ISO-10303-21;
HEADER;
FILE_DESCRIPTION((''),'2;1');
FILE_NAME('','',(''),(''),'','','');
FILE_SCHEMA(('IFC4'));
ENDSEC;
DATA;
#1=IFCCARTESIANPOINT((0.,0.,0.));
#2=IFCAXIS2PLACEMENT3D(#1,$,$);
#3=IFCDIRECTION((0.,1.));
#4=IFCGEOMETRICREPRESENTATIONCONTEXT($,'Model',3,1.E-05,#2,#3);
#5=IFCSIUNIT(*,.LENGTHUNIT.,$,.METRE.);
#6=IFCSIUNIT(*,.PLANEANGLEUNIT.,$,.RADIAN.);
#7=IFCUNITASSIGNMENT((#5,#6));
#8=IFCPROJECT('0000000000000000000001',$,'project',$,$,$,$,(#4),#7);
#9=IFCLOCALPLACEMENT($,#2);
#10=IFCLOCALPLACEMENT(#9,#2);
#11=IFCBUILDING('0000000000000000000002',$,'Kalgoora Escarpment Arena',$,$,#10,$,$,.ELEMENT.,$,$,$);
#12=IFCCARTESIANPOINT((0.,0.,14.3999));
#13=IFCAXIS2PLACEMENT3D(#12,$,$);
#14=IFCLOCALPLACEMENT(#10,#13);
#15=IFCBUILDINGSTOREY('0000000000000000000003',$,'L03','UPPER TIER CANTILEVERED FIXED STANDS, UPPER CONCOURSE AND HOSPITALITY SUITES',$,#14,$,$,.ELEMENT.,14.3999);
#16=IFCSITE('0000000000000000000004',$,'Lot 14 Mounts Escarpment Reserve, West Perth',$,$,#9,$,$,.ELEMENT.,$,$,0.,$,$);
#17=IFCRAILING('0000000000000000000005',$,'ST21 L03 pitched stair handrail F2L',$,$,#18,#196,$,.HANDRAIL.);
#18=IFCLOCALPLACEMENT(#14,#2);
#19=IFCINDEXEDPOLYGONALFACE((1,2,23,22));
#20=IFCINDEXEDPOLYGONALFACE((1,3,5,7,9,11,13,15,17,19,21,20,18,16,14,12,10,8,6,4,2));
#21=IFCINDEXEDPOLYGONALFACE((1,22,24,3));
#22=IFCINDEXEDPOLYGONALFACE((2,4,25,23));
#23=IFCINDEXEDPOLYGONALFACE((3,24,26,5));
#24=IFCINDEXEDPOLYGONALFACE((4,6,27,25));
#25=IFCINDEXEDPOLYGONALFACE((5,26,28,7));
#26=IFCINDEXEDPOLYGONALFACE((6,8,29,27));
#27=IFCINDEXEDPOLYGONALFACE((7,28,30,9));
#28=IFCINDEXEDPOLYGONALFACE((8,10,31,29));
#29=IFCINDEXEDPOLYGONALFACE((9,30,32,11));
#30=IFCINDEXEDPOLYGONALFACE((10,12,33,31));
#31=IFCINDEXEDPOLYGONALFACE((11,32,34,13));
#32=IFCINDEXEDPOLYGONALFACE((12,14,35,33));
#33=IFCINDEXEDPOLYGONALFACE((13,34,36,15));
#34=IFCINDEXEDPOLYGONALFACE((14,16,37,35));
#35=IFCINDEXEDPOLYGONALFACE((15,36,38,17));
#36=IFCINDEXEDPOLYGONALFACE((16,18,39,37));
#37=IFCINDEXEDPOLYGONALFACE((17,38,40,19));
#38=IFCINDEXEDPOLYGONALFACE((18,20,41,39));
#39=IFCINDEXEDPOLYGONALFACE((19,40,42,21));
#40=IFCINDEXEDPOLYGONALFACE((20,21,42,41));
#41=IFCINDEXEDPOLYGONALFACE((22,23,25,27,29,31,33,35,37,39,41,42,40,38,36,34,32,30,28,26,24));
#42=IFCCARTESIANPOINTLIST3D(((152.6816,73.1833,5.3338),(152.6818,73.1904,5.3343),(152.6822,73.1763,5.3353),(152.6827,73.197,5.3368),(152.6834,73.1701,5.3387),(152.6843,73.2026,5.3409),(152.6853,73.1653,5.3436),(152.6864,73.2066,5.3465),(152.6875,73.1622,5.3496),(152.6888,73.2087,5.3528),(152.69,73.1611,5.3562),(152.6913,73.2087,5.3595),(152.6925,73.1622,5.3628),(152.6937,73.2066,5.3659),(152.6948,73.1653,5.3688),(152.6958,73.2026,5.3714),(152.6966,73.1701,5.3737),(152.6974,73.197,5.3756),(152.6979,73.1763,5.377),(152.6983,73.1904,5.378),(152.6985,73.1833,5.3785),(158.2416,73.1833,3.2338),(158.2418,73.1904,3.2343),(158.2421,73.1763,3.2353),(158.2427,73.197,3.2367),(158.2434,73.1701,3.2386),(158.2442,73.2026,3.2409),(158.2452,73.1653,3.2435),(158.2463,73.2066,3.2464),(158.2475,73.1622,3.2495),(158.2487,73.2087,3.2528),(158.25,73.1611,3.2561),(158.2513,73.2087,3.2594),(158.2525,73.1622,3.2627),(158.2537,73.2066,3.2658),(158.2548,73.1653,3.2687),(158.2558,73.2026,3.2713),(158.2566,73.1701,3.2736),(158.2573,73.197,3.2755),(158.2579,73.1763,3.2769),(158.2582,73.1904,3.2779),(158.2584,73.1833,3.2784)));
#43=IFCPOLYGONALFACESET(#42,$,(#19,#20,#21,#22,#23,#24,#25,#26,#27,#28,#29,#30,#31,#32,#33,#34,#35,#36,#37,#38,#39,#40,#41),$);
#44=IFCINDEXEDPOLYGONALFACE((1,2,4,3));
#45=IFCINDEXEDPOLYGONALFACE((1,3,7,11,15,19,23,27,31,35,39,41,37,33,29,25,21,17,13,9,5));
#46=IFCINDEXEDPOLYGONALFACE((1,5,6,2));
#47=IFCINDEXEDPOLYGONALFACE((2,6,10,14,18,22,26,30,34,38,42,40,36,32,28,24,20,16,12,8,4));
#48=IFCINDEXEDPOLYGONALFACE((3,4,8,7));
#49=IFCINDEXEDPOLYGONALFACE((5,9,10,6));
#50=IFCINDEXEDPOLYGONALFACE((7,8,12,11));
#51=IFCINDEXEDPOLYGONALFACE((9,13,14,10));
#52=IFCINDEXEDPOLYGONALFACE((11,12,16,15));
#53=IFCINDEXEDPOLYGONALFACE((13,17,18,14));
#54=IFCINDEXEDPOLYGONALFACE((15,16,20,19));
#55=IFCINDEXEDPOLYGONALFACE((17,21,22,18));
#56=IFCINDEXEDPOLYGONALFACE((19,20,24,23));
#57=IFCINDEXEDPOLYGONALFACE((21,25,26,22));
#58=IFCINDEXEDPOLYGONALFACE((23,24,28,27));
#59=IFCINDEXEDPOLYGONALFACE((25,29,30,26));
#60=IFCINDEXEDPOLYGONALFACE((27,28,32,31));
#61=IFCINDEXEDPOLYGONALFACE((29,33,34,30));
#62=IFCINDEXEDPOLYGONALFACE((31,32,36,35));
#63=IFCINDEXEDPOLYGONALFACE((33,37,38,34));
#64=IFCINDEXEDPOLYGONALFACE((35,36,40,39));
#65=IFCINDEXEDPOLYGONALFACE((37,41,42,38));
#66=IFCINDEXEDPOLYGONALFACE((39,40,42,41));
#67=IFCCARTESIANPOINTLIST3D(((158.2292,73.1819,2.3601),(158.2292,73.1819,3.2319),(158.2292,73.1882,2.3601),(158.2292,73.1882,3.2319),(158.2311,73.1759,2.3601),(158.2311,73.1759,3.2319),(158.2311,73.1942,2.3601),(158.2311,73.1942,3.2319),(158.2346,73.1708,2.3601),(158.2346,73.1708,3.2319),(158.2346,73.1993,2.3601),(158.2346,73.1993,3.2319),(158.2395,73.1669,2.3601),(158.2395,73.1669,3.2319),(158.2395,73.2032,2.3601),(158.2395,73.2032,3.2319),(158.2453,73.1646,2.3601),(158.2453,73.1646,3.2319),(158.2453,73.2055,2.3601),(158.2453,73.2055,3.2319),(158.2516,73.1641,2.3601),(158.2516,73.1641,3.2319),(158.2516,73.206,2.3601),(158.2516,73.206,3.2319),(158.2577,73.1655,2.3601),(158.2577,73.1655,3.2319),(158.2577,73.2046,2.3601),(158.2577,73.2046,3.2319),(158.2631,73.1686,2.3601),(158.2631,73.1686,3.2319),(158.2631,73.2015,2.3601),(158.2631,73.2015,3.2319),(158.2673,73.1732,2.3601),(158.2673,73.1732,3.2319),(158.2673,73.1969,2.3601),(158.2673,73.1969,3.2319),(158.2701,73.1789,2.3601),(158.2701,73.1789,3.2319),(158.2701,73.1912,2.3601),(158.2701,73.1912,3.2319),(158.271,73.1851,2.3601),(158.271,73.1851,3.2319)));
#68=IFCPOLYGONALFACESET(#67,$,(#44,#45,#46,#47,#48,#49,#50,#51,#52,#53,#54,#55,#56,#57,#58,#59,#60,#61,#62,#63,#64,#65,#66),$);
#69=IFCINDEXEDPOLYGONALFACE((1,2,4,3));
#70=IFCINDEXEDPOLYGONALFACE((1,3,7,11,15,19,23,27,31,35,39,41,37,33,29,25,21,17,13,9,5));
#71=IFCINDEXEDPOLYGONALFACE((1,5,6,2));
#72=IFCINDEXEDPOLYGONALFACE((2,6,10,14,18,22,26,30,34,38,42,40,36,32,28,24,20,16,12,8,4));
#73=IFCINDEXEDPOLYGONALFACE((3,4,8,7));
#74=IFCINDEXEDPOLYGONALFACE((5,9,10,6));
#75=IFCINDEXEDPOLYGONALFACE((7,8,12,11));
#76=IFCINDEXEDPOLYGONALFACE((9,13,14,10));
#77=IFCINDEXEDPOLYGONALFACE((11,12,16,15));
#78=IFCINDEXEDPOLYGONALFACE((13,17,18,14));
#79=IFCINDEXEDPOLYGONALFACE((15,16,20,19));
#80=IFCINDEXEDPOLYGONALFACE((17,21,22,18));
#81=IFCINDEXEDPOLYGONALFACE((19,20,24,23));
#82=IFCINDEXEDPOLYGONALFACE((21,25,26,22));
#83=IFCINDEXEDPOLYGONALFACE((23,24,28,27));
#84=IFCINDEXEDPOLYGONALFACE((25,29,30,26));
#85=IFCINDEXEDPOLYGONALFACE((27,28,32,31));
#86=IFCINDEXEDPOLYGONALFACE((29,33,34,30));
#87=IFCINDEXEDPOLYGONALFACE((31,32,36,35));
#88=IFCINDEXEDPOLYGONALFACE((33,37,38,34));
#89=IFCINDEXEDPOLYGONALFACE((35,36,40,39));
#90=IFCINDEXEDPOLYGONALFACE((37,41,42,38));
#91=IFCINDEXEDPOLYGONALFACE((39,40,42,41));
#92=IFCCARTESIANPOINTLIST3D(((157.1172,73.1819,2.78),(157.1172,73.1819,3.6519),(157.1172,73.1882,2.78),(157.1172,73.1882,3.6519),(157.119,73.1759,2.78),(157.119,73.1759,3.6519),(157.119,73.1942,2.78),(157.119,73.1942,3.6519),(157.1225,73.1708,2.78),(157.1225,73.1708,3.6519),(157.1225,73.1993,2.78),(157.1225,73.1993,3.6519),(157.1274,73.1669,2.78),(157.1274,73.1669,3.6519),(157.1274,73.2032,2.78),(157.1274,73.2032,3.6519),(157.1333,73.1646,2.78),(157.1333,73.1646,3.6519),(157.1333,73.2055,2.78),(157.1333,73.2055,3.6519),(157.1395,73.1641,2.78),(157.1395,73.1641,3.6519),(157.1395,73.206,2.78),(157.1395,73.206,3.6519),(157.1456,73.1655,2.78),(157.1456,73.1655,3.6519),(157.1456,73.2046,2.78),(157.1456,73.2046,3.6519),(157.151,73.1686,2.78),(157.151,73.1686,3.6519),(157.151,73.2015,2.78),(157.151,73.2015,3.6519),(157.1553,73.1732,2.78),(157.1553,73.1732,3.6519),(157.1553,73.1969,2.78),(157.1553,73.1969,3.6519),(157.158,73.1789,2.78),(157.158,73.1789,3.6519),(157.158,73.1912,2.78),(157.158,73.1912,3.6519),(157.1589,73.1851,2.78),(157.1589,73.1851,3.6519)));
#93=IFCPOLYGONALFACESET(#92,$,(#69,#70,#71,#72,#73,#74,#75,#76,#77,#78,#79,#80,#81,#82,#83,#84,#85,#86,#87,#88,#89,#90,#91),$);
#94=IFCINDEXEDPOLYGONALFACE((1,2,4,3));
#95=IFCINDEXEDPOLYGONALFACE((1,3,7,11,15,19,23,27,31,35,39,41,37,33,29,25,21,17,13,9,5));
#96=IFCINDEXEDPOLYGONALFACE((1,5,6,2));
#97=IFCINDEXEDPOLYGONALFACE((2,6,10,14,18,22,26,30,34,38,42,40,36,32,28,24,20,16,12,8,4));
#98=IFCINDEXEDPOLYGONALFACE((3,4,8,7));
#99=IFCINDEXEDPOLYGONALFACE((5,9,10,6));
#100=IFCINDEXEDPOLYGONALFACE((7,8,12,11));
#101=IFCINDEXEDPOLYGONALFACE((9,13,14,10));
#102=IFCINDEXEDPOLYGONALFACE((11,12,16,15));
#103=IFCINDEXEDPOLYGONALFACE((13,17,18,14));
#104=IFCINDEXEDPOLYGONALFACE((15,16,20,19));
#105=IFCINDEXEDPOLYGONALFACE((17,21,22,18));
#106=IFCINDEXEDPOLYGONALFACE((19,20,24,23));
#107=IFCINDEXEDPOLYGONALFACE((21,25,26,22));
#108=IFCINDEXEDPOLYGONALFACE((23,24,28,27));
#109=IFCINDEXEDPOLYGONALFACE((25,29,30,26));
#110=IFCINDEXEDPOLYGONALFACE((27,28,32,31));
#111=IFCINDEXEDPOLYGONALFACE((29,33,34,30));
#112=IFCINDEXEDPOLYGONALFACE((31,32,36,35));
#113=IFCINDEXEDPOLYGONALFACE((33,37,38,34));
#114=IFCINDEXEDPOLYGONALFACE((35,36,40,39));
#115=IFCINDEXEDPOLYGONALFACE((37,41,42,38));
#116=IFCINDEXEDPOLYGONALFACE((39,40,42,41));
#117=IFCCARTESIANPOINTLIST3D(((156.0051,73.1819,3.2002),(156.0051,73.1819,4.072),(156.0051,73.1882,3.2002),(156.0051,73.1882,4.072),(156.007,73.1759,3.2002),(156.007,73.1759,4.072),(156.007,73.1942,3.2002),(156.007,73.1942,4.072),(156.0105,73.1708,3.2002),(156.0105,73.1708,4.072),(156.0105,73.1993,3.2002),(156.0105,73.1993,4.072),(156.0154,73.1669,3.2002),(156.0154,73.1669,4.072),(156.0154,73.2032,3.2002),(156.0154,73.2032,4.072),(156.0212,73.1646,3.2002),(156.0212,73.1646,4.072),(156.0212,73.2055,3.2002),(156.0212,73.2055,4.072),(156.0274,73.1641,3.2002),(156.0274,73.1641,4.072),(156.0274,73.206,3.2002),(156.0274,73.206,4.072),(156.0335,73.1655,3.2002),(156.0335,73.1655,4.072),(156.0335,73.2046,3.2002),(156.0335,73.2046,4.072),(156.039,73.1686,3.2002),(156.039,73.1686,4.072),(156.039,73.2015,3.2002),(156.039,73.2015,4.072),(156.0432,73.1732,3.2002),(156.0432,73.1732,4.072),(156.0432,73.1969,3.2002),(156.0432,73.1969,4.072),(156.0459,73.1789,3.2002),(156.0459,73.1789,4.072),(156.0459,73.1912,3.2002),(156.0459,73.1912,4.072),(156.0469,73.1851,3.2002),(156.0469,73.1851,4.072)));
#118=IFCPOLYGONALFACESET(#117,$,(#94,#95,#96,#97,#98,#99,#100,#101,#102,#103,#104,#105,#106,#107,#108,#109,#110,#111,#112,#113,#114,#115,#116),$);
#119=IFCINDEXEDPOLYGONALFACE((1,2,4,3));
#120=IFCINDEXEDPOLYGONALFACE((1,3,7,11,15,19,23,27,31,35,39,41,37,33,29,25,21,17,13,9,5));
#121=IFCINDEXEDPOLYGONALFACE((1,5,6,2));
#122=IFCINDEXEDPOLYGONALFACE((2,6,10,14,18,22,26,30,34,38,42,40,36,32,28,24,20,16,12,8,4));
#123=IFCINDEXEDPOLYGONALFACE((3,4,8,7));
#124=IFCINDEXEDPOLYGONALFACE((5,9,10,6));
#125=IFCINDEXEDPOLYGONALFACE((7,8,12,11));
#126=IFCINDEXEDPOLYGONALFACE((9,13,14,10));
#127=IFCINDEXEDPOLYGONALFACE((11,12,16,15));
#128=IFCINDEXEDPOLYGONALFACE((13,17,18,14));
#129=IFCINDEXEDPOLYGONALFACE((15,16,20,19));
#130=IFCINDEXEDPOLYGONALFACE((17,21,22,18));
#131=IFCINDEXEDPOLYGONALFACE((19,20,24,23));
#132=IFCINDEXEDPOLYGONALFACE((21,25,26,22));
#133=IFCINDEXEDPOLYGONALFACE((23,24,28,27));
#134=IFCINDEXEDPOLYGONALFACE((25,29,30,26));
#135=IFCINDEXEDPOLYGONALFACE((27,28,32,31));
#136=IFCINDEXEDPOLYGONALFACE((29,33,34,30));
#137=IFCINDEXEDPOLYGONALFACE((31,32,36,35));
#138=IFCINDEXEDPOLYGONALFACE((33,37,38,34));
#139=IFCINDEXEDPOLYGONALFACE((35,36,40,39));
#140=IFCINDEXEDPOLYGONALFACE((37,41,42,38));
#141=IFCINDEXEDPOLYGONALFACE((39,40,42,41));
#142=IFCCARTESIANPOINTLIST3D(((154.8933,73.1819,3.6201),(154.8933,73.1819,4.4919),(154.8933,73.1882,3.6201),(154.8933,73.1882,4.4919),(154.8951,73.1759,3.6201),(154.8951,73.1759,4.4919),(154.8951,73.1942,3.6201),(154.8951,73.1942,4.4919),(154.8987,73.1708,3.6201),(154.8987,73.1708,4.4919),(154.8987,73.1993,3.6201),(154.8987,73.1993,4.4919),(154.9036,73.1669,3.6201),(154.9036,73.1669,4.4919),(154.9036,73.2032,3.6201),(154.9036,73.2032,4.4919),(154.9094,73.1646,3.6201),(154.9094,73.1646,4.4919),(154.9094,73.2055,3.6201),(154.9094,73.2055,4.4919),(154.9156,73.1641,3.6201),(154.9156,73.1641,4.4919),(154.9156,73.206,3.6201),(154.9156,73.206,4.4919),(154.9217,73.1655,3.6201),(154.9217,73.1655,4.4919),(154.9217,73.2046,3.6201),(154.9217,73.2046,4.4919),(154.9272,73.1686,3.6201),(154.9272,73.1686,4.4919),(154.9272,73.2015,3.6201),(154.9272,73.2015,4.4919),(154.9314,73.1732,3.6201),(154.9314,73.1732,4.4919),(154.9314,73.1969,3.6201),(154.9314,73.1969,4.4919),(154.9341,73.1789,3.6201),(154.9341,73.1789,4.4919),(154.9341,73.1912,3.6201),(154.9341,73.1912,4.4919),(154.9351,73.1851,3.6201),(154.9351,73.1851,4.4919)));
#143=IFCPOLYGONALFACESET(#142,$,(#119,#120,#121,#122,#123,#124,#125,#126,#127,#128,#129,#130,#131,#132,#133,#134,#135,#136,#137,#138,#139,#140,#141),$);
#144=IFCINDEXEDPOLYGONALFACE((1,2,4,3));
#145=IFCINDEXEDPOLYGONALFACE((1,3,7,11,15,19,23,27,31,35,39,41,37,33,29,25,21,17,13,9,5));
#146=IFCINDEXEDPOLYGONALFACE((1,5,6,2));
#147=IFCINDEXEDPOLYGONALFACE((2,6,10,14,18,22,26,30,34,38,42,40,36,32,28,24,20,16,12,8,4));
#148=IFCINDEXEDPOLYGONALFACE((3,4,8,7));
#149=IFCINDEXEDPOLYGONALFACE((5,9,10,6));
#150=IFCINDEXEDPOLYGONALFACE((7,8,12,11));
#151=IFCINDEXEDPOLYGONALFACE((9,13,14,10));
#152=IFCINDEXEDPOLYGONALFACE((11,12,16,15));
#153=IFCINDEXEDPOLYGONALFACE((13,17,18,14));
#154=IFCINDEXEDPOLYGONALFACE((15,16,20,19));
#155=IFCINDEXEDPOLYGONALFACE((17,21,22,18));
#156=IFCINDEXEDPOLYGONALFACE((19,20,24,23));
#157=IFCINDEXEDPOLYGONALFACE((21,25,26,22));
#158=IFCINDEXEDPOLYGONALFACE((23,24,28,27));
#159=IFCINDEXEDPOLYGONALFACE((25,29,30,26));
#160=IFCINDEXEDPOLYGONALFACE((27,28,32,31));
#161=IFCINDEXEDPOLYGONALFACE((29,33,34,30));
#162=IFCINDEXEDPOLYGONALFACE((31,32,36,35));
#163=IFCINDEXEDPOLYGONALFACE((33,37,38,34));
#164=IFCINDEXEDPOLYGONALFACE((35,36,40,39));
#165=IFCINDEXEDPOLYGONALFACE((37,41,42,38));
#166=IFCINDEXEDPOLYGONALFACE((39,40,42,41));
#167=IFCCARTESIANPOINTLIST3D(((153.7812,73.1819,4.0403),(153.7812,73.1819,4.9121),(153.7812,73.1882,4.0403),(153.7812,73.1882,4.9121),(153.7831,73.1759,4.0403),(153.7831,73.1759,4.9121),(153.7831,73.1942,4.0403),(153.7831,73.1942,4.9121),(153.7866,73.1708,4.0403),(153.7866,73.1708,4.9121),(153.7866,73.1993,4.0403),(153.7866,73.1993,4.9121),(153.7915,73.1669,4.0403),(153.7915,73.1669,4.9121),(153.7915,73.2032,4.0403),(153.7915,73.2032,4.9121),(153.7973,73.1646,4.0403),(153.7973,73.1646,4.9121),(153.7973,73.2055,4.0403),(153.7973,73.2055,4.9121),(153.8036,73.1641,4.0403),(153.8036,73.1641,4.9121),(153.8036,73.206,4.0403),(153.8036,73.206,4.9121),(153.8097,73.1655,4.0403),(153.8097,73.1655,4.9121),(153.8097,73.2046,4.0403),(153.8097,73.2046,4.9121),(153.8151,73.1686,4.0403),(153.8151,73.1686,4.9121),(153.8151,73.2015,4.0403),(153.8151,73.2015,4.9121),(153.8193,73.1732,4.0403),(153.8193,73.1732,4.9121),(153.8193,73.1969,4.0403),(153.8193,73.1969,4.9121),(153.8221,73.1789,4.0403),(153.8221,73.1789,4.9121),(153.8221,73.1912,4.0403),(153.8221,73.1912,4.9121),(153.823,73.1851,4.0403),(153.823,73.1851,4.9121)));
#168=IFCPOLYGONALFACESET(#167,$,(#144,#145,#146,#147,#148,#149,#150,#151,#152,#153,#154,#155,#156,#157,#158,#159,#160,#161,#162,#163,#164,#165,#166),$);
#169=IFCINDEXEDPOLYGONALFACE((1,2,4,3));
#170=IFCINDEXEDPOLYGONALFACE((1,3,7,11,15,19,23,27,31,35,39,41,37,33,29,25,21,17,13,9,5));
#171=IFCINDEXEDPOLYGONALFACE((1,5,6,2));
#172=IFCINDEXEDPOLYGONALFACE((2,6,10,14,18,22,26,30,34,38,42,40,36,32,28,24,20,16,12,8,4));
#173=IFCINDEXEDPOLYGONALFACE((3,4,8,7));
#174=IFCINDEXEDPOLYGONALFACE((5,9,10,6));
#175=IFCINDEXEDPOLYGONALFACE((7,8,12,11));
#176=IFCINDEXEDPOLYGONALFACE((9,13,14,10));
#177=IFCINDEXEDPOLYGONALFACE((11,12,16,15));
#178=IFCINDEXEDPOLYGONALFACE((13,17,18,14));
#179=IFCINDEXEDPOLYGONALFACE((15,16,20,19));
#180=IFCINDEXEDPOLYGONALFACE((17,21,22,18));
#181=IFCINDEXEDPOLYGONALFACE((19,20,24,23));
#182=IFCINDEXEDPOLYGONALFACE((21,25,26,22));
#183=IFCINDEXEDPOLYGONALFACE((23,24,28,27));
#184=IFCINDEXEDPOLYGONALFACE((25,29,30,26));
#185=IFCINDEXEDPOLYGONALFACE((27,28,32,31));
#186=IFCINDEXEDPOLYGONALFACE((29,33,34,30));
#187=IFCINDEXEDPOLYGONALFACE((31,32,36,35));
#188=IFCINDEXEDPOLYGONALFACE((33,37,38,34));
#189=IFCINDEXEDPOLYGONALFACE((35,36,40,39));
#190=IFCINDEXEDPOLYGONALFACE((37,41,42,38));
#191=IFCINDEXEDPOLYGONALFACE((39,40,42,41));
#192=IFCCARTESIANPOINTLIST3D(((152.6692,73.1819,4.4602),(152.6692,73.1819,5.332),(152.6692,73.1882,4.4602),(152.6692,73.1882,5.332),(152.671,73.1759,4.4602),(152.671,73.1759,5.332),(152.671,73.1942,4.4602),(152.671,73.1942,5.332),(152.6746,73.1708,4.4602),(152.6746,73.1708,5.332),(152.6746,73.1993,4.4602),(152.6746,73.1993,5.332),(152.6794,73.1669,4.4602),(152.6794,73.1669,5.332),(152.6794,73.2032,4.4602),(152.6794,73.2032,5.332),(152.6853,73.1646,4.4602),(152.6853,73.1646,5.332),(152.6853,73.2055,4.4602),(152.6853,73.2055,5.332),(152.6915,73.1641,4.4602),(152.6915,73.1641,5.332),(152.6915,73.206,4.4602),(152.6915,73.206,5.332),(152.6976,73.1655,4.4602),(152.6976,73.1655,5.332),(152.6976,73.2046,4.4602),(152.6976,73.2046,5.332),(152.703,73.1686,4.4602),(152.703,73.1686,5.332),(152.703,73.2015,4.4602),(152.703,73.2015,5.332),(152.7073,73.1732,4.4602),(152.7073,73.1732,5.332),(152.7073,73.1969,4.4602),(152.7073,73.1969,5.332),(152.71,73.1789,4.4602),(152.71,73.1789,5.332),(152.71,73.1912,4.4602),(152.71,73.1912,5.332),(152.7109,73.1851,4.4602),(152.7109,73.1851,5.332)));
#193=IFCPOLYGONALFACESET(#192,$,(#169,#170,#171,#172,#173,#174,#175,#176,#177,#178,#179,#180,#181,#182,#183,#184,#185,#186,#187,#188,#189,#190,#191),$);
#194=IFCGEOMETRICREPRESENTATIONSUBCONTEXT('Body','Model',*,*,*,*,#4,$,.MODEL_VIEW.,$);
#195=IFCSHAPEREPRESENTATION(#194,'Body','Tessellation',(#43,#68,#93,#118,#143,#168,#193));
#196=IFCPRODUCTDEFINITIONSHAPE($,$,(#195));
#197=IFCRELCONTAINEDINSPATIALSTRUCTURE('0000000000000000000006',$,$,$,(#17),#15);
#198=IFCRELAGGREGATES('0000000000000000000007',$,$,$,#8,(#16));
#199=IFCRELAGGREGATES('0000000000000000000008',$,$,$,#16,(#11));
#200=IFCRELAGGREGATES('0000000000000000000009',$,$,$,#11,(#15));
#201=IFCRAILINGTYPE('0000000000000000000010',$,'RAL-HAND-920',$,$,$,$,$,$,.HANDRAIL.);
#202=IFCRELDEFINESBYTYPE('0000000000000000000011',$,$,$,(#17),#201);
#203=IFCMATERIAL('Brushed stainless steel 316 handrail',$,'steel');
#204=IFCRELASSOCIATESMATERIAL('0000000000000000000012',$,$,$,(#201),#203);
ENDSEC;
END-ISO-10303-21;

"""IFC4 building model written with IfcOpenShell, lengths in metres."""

from ifc_helpers import new_model, si_unit, direction, frame, origin, origin_2d, place, context, subcontext, project, spatial, circle, extrude, material, type_object, element, save


model = new_model("IFC4")

# Units and contexts
model_context = context("Model", 3, precision=1e-05, world=origin(), true_north=direction((0.0, 1.0)))
body_context = subcontext(model_context, "Body", "Model", "MODEL_VIEW")
ifc_project = project(units=[si_unit("LENGTHUNIT", "METRE"), si_unit("PLANEANGLEUNIT", "RADIAN")], contexts=[model_context])

# Site, building, storey
site_placement = place(None, origin())
site = spatial("IfcSite", under=ifc_project, at=site_placement, Name="Lot 14 Mounts Escarpment Reserve, West Perth", CompositionType="ELEMENT", RefElevation=0.0)
building_placement = place(site_placement, origin())
building = spatial("IfcBuilding", under=site, at=building_placement, Name="Kalgoora Escarpment Arena", CompositionType="ELEMENT")
storey_placement = place(building_placement, frame((0.0, 0.0, 14.3999)))
storey = spatial("IfcBuildingStorey", under=building, at=storey_placement, Name="L03", Description="UPPER TIER CANTILEVERED FIXED STANDS, UPPER CONCOURSE AND HOSPITALITY SUITES", CompositionType="ELEMENT", Elevation=14.3999)

# Railing
ifc_material_1 = material(Name="Brushed stainless steel 316 handrail", Category="steel")
railing_type_1 = type_object("IfcRailingType", Name="RAL-HAND-920", PredefinedType="HANDRAIL", material=ifc_material_1)
for number, where, name in (
    (1, (158.25, 73.1851, 2.3601), "ST21 L03 pitched stair handrail F2L"),
):
    element("IfcRailing", number, at=place(storey_placement, frame(where)), inside=storey, type_object=railing_type_1, Name=name, PredefinedType="HANDRAIL", context=body_context, shape_type="SweptSolid", body=[
        extrude(circle(Radius=0.0239, at=origin_2d()), frame((0.0, 0.0, 0.896), z_axis=(-0.935493, 0.0, 0.353346), x_axis=(0.0, -1.0, 0.0)), (0.0, 0.0, 1.0), 5.9434),
        extrude(circle(Radius=0.021, at=origin_2d()), origin(), (0.0, 0.0, 1.0), 0.8718),
        extrude(circle(Radius=0.021, at=origin_2d()), frame((-1.1121, 0.0, 0.4199)), (0.0, 0.0, 1.0), 0.8718),
        extrude(circle(Radius=0.021, at=origin_2d()), frame((-2.2241, 0.0, 0.8401)), (0.0, 0.0, 1.0), 0.8718),
        extrude(circle(Radius=0.021, at=origin_2d()), frame((-3.3359, 0.0, 1.26)), (0.0, 0.0, 1.0), 0.8718),
        extrude(circle(Radius=0.021, at=origin_2d()), frame((-4.448, 0.0, 1.6802)), (0.0, 0.0, 1.0), 0.8718),
        extrude(circle(Radius=0.021, at=origin_2d()), frame((-5.5601, 0.0, 2.1001)), (0.0, 0.0, 1.0), 0.8718),
    ])

save(model, "model.ifc")
